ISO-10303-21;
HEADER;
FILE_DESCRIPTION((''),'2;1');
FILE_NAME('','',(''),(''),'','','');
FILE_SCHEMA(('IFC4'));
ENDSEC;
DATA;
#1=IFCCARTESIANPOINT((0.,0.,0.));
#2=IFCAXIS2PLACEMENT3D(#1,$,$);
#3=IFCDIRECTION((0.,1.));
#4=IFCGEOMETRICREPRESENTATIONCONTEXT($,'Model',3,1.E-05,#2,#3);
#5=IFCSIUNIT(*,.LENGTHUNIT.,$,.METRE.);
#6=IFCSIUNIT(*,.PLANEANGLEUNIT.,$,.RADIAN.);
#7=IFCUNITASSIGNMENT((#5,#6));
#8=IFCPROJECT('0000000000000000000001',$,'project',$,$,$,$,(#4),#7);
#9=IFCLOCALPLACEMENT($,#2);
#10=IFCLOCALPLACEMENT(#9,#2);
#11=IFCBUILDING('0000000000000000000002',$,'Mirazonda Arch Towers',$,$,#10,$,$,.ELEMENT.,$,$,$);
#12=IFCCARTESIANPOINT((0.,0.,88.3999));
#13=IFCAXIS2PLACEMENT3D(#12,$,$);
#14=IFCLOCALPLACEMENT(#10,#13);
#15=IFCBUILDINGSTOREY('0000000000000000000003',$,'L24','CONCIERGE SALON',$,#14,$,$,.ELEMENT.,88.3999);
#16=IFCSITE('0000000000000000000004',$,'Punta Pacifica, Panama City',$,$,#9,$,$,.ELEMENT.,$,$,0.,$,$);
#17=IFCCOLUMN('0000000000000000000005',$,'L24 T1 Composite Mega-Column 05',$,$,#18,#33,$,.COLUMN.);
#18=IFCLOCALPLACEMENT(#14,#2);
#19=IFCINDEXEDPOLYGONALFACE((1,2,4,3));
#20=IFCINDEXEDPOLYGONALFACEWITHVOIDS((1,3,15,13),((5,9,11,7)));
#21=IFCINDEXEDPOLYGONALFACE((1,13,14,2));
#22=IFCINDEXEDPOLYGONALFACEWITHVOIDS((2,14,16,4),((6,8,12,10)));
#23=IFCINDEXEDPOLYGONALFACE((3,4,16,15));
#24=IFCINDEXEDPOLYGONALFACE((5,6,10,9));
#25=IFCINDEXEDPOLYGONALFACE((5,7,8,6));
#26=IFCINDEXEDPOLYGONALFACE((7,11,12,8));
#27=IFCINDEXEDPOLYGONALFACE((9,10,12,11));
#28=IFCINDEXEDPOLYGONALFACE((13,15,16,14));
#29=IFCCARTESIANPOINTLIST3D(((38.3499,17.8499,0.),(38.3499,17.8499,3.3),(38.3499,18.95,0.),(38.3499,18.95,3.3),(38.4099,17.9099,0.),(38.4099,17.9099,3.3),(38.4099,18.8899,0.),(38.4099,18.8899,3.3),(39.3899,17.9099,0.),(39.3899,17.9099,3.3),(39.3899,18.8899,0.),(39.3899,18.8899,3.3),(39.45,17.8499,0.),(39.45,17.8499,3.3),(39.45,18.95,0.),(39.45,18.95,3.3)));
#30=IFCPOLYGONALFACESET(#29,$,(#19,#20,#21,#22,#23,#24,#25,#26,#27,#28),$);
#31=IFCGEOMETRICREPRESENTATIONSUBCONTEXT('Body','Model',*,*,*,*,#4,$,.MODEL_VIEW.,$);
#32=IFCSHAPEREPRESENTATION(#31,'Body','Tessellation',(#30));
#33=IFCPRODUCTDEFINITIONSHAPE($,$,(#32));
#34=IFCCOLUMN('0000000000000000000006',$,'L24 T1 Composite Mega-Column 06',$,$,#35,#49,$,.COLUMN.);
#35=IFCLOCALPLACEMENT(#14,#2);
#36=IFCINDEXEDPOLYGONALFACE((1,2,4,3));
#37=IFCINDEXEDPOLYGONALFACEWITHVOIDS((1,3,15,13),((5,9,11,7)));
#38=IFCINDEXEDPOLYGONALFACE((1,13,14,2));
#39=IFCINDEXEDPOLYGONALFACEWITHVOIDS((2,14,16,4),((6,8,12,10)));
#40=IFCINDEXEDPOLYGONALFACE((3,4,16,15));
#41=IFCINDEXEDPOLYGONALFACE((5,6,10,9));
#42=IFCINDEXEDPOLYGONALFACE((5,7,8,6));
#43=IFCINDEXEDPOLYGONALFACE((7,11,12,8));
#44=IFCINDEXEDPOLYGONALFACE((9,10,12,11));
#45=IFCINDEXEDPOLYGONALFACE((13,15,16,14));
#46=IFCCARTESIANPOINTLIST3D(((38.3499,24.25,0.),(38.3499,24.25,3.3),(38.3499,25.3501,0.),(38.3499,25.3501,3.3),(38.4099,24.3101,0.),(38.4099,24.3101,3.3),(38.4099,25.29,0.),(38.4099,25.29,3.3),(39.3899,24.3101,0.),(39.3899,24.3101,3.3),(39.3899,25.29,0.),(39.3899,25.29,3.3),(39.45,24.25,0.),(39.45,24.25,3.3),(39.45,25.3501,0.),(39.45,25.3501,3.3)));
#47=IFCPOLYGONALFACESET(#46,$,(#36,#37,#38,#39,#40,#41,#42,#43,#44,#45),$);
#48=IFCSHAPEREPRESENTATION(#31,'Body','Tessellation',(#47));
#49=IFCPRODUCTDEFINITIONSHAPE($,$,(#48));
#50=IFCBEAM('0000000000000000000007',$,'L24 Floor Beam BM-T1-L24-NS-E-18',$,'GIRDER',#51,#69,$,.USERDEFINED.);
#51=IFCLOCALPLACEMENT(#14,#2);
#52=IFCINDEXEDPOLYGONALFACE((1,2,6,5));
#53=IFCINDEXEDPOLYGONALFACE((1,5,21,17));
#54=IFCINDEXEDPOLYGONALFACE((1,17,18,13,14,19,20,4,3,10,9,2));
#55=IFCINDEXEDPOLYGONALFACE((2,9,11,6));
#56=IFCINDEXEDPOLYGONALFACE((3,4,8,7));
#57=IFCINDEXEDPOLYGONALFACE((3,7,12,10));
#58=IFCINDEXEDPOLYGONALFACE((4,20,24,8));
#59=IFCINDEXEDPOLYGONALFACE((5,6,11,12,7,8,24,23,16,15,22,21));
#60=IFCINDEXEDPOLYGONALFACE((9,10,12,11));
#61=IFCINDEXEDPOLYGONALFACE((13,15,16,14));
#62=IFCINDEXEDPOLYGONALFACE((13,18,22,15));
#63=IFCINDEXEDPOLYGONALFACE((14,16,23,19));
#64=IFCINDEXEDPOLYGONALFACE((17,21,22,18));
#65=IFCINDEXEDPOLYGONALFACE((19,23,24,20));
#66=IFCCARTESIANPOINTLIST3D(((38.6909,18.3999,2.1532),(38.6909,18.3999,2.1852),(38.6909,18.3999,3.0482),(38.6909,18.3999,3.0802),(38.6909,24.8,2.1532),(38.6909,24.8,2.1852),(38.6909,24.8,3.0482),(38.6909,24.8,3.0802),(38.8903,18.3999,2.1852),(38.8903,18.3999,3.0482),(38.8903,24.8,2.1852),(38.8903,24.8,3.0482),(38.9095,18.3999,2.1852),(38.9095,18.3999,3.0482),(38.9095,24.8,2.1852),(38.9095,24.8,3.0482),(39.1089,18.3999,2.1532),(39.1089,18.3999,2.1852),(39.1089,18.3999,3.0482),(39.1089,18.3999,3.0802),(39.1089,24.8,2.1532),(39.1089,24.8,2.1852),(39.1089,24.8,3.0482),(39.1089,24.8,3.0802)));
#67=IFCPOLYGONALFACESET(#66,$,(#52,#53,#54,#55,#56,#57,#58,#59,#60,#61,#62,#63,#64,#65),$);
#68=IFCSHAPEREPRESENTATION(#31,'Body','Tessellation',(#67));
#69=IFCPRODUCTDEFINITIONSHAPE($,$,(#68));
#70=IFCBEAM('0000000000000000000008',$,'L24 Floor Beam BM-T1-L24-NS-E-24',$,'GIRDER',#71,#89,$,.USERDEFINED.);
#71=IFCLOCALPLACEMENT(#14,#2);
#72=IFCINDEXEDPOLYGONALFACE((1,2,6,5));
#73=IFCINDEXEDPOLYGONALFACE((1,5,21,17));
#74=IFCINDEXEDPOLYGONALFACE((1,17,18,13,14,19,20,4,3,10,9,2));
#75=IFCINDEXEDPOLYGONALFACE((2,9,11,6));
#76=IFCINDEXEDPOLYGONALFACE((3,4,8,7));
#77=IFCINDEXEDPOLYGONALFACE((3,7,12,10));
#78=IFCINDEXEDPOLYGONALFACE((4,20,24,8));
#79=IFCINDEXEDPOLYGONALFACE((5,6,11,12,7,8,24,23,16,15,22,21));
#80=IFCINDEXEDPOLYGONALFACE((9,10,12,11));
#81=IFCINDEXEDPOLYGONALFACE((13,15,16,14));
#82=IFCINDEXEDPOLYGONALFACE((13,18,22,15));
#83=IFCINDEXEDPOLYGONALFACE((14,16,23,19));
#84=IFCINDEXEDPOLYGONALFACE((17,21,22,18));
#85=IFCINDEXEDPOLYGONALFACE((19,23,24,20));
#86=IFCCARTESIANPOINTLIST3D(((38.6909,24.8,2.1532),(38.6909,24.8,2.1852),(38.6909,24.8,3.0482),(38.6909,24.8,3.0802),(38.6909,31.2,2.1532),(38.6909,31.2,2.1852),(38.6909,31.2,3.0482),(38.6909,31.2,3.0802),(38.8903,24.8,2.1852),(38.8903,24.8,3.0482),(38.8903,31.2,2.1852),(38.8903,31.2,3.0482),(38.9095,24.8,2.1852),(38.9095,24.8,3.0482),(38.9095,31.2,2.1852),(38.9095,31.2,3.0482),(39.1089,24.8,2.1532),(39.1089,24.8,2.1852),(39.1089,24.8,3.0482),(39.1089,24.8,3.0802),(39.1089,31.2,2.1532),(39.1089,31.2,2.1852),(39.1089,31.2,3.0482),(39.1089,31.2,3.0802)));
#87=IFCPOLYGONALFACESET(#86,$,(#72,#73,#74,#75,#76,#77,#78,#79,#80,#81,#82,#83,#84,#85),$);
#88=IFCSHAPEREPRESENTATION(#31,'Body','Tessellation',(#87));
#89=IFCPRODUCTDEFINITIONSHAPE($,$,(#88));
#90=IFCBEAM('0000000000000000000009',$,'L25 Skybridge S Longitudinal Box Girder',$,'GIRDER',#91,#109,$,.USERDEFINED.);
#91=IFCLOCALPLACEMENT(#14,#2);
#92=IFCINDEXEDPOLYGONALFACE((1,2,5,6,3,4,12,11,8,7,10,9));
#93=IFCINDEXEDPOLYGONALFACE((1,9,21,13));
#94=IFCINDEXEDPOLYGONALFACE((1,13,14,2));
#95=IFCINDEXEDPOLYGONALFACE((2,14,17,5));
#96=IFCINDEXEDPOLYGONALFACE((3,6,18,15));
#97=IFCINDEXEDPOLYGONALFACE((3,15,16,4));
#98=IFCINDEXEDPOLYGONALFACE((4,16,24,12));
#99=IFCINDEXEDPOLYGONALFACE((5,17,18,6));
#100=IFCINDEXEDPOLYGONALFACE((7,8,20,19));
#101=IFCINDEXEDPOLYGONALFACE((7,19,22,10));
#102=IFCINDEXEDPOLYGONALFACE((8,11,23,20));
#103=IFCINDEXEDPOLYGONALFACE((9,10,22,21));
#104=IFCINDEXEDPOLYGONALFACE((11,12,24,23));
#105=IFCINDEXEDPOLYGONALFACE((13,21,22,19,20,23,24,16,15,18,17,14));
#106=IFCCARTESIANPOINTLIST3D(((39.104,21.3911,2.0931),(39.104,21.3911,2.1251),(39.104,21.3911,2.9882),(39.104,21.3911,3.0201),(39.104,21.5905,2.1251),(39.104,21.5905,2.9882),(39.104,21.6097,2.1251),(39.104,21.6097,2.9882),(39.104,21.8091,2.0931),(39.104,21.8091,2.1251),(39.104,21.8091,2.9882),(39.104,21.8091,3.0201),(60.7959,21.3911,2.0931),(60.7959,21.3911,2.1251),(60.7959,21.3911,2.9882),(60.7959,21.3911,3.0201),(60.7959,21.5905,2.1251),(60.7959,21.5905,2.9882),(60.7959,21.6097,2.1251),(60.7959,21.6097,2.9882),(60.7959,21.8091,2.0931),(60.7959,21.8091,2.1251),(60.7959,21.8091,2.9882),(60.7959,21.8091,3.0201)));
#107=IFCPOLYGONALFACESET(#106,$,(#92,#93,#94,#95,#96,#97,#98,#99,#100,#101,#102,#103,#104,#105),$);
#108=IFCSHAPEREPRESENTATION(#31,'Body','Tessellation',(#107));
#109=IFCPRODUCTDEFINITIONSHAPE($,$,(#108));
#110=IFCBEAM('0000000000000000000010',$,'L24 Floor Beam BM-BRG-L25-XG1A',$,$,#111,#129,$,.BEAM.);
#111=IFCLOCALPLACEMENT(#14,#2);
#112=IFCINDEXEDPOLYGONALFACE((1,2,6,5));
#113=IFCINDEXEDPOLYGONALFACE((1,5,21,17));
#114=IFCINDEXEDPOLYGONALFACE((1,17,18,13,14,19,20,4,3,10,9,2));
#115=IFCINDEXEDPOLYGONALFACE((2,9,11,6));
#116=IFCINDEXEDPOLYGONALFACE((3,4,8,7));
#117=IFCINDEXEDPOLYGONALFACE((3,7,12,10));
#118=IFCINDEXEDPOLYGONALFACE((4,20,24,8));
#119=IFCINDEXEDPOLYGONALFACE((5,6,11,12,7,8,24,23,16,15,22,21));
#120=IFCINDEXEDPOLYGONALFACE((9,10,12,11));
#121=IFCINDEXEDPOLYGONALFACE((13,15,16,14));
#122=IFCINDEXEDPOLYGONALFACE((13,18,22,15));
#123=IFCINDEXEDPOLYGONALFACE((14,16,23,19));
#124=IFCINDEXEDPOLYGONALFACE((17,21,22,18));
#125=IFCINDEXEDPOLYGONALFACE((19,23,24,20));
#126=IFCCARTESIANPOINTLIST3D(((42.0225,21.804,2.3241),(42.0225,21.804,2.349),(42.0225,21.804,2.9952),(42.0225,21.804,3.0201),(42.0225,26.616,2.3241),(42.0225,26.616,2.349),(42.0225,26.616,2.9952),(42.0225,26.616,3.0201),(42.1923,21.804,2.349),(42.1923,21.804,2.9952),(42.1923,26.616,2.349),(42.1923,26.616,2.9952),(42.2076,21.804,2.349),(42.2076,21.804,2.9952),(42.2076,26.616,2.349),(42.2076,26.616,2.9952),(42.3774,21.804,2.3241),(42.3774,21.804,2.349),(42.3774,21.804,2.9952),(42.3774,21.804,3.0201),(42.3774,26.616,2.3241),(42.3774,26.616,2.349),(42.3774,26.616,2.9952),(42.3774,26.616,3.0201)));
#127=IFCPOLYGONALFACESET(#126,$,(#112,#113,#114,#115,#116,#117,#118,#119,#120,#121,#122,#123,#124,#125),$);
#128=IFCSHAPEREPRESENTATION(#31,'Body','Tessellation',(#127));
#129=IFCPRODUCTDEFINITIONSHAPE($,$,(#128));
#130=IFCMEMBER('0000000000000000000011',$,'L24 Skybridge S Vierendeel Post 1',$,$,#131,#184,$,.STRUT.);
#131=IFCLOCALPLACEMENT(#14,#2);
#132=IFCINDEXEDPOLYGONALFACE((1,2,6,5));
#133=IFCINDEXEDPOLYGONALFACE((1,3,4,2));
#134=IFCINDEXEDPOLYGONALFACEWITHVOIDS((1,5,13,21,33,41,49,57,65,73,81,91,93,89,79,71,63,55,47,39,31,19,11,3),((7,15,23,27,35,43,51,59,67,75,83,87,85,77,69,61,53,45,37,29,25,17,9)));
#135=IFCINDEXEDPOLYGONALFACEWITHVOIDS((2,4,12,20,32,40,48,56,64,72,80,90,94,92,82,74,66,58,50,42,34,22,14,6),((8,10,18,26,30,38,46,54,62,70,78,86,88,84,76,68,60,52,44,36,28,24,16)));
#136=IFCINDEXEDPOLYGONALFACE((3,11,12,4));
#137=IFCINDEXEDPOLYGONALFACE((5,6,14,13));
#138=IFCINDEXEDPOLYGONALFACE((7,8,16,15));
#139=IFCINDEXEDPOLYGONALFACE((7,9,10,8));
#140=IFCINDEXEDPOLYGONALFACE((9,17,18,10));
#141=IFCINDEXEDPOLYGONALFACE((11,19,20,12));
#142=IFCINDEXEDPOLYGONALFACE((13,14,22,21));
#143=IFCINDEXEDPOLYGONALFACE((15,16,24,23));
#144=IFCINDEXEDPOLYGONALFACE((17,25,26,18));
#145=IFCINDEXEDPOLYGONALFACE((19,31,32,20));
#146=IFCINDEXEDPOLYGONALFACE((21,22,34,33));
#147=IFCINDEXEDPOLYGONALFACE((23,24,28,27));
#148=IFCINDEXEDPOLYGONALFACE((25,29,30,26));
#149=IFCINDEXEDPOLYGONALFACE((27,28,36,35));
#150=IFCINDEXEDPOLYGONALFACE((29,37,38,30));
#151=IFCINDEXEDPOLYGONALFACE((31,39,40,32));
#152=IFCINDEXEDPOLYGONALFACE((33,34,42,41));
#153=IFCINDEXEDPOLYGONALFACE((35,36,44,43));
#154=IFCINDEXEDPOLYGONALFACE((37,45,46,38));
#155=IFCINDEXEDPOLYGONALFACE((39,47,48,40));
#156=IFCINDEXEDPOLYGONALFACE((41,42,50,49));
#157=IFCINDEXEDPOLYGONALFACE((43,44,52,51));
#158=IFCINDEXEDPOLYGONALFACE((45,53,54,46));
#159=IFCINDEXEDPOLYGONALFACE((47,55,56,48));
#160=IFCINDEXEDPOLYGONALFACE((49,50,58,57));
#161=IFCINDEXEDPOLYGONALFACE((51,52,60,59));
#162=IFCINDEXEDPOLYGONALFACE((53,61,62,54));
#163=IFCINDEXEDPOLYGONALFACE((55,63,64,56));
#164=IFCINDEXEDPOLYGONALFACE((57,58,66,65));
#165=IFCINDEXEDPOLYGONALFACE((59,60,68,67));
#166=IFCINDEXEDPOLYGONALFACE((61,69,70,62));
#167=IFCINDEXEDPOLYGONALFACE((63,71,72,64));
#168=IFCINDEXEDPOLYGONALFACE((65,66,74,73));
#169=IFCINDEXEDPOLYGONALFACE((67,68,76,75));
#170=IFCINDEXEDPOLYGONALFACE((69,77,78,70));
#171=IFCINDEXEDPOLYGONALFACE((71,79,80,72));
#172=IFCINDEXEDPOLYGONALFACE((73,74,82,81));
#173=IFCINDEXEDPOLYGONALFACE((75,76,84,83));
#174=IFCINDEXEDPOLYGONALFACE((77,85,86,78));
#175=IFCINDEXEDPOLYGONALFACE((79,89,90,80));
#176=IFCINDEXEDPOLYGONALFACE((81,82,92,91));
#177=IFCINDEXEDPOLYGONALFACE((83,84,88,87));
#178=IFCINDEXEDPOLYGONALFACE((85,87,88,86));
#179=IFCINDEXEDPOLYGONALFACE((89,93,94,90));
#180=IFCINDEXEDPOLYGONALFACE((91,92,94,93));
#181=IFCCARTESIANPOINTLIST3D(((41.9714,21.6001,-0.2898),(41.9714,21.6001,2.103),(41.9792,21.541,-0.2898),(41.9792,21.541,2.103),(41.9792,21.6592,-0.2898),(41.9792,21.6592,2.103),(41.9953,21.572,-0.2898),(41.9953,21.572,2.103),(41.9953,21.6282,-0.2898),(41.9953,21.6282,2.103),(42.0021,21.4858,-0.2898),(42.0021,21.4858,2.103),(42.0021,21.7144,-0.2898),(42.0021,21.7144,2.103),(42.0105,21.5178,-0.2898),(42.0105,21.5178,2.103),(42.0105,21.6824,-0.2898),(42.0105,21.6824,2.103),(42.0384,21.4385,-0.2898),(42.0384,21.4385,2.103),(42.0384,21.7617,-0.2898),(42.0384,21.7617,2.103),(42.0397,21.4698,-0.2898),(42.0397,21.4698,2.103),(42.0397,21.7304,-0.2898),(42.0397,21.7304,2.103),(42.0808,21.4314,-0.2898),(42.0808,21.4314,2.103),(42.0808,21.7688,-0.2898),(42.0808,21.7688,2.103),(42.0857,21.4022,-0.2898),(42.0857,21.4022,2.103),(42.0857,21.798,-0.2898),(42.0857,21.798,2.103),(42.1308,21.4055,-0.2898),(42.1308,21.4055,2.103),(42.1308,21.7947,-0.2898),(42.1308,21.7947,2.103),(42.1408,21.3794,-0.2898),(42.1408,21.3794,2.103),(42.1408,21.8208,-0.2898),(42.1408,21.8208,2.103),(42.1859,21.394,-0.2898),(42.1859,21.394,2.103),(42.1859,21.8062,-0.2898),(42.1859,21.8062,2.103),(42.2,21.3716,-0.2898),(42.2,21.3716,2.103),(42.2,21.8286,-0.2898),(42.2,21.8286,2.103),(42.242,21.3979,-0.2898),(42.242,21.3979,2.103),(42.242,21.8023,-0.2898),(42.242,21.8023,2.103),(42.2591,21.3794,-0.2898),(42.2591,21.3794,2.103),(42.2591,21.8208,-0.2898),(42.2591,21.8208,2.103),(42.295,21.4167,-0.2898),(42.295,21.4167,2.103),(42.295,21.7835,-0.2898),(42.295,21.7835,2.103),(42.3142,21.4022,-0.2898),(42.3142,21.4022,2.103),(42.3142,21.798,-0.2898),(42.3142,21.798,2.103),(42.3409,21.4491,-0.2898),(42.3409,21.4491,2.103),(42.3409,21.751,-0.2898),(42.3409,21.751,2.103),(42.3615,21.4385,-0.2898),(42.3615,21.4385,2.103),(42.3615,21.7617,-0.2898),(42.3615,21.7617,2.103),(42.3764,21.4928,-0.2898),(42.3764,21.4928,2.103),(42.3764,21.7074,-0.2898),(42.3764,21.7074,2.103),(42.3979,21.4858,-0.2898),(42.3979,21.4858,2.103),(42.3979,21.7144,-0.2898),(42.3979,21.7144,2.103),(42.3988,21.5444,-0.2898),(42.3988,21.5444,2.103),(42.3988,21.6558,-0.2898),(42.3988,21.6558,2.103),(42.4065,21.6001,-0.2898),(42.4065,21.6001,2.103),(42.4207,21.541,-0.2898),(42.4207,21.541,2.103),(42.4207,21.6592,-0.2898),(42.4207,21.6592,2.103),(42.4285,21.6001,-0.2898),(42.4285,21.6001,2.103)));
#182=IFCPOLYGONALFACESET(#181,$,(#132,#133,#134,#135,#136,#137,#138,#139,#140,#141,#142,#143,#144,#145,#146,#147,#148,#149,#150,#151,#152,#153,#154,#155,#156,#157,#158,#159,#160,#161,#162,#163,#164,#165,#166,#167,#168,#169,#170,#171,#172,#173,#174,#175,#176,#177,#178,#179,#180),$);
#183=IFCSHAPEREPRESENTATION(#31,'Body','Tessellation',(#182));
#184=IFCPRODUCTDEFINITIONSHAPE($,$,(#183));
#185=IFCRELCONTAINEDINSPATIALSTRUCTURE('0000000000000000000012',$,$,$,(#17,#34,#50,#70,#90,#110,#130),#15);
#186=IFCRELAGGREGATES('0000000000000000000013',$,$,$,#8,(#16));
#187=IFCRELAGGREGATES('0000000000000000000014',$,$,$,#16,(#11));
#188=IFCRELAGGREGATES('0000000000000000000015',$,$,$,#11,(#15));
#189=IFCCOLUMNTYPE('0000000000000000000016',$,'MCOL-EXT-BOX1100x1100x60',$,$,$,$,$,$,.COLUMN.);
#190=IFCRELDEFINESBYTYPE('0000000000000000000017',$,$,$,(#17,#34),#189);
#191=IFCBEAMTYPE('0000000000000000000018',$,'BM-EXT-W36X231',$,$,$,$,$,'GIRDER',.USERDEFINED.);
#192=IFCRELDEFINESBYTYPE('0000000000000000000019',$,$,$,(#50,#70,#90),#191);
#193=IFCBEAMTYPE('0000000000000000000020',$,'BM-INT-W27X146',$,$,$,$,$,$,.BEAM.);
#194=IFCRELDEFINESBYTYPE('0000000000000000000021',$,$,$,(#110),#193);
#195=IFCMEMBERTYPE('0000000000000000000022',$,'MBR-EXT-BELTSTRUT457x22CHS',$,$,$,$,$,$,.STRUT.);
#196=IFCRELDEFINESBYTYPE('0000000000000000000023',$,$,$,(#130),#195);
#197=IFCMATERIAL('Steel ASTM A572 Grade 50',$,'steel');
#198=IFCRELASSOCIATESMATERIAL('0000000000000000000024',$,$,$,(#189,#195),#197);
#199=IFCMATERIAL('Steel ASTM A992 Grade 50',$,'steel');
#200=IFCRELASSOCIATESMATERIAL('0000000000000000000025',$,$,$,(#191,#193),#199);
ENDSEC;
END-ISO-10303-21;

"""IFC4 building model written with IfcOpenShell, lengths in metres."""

from ifc_helpers import new_model, si_unit, direction, frame, origin, origin_2d, place, context, subcontext, project, spatial, hollow_rectangle, hollow_circle, i_section, extrude, material, material_profile, profile_set, type_object, element, save


model = new_model("IFC4")

# Units and contexts
model_context = context("Model", 3, precision=1e-05, world=origin(), true_north=direction((0.0, 1.0)))
body_context = subcontext(model_context, "Body", "Model", "MODEL_VIEW")
ifc_project = project(units=[si_unit("LENGTHUNIT", "METRE"), si_unit("PLANEANGLEUNIT", "RADIAN")], contexts=[model_context])

# Site, building, storey
site_placement = place(None, origin())
site = spatial("IfcSite", under=ifc_project, at=site_placement, Name="Punta Pacifica, Panama City", CompositionType="ELEMENT", RefElevation=0.0)
building_placement = place(site_placement, origin())
building = spatial("IfcBuilding", under=site, at=building_placement, Name="Mirazonda Arch Towers", CompositionType="ELEMENT")
storey_placement = place(building_placement, frame((0.0, 0.0, 88.3999)))
storey = spatial("IfcBuildingStorey", under=building, at=storey_placement, Name="L24", Description="CONCIERGE SALON", CompositionType="ELEMENT", Elevation=88.3999)

# Columns
ifc_material_1 = material(Name="Steel ASTM A572 Grade 50", Category="steel")
ifc_material_profile_1 = material_profile(ifc_material_1, hollow_rectangle(XDim=1.1001, YDim=1.1001, WallThickness=0.0601, at=origin_2d()), Name="BOX1100x1100x60")
ifc_profile_set_1 = profile_set([ifc_material_profile_1], Name="Steel ASTM A572 Grade 50")
column_type = type_object("IfcColumnType", Name="MCOL-EXT-BOX1100x1100x60", PredefinedType="COLUMN", material=ifc_profile_set_1)
for number, where, z_axis, x_axis, name in (
    (1, (38.8999, 18.3999, 0.0), (0.0, 0.0, 1.0), (1.0, 0.0, 0.0), "L24 T1 Composite Mega-Column 05"),
    (2, (38.8999, 24.8, 0.0), (0.0, 0.0, 1.0), (1.0, 0.0, 0.0), "L24 T1 Composite Mega-Column 06"),
):
    element("IfcColumn", number, at=place(storey_placement, frame(where, z_axis=z_axis, x_axis=x_axis)), inside=storey, type_object=column_type, Name=name, PredefinedType="COLUMN", context=body_context, shape_type="SweptSolid", body=[
        extrude(hollow_rectangle(XDim=1.1001, YDim=1.1001, WallThickness=0.0601, at=origin_2d()), origin(), (0.0, 0.0, 1.0), 3.3),
    ])

# Beams
ifc_material_2 = material(Name="Steel ASTM A992 Grade 50", Category="steel")
ifc_material_profile_2 = material_profile(ifc_material_2, i_section(OverallWidth=0.418, OverallDepth=0.927, WebThickness=0.0193, FlangeThickness=0.032, at=origin_2d()), Name="W36X231")
ifc_profile_set_2 = profile_set([ifc_material_profile_2], Name="Steel ASTM A992 Grade 50")
beam_type_1 = type_object("IfcBeamType", Name="BM-EXT-W36X231", ElementType="GIRDER", PredefinedType="USERDEFINED", material=ifc_profile_set_2)
beam_1_placement = place(storey_placement, frame((38.8999, 18.3999, 2.6167), z_axis=(0.0, 1.0, 0.0), x_axis=(-1.0, 0.0, 0.0)))
element("IfcBeam", 3, at=beam_1_placement, inside=storey, type_object=beam_type_1, Name="L24 Floor Beam BM-T1-L24-NS-E-18", ObjectType="GIRDER", PredefinedType="USERDEFINED", context=body_context, shape_type="SweptSolid", body=[
    extrude(i_section(OverallWidth=0.418, OverallDepth=0.927, WebThickness=0.0193, FlangeThickness=0.032, at=origin_2d()), origin(), (0.0, 0.0, 1.0), 6.4001),
])
beam_2_placement = place(storey_placement, frame((38.8999, 24.8, 2.6167), z_axis=(0.0, 1.0, 0.0), x_axis=(-1.0, 0.0, 0.0)))
element("IfcBeam", 4, at=beam_2_placement, inside=storey, type_object=beam_type_1, Name="L24 Floor Beam BM-T1-L24-NS-E-24", ObjectType="GIRDER", PredefinedType="USERDEFINED", context=body_context, shape_type="SweptSolid", body=[
    extrude(i_section(OverallWidth=0.418, OverallDepth=0.927, WebThickness=0.0193, FlangeThickness=0.032, at=origin_2d()), origin(), (0.0, 0.0, 1.0), 6.3999),
])
beam_3_placement = place(storey_placement, frame((39.104, 21.6001, 2.5566), z_axis=(1.0, 0.0, 0.0), x_axis=(0.0, 1.0, 0.0)))
element("IfcBeam", 5, at=beam_3_placement, inside=storey, type_object=beam_type_1, Name="L25 Skybridge S Longitudinal Box Girder", ObjectType="GIRDER", PredefinedType="USERDEFINED", context=body_context, shape_type="SweptSolid", body=[
    extrude(i_section(OverallWidth=0.418, OverallDepth=0.927, WebThickness=0.0193, FlangeThickness=0.032, at=origin_2d()), origin(), (0.0, 0.0, 1.0), 21.6919),
])
ifc_material_profile_3 = material_profile(ifc_material_2, i_section(OverallWidth=0.355, OverallDepth=0.696, WebThickness=0.0154, FlangeThickness=0.0249, at=origin_2d()), Name="W27X146")
ifc_profile_set_3 = profile_set([ifc_material_profile_3], Name="Steel ASTM A992 Grade 50")
beam_type_2 = type_object("IfcBeamType", Name="BM-INT-W27X146", PredefinedType="BEAM", material=ifc_profile_set_3)
beam_4_placement = place(storey_placement, frame((42.2, 21.804, 2.6721), z_axis=(0.0, 1.0, 0.0), x_axis=(-1.0, 0.0, 0.0)))
element("IfcBeam", 6, at=beam_4_placement, inside=storey, type_object=beam_type_2, Name="L24 Floor Beam BM-BRG-L25-XG1A", PredefinedType="BEAM", context=body_context, shape_type="SweptSolid", body=[
    extrude(i_section(OverallWidth=0.355, OverallDepth=0.696, WebThickness=0.0154, FlangeThickness=0.0249, at=origin_2d()), origin(), (0.0, 0.0, 1.0), 4.812),
])

# Member
ifc_material_profile_4 = material_profile(ifc_material_1, hollow_circle(Radius=0.2285, WallThickness=0.022, at=origin_2d()), Name="BELTSTRUT457x22CHS")
ifc_profile_set_4 = profile_set([ifc_material_profile_4], Name="Steel ASTM A572 Grade 50")
member_type_1 = type_object("IfcMemberType", Name="MBR-EXT-BELTSTRUT457x22CHS", PredefinedType="STRUT", material=ifc_profile_set_4)
member_1_placement = place(storey_placement, frame((42.2, 21.6001, -0.2898), z_axis=(0.0, 0.0, 1.0), x_axis=(1.0, 0.0, 0.0)))
element("IfcMember", 7, at=member_1_placement, inside=storey, type_object=member_type_1, Name="L24 Skybridge S Vierendeel Post 1", PredefinedType="STRUT", context=body_context, shape_type="SweptSolid", body=[
    extrude(hollow_circle(Radius=0.2285, WallThickness=0.022, at=origin_2d()), origin(), (0.0, 0.0, 1.0), 2.3928),
])

save(model, "model.ifc")
